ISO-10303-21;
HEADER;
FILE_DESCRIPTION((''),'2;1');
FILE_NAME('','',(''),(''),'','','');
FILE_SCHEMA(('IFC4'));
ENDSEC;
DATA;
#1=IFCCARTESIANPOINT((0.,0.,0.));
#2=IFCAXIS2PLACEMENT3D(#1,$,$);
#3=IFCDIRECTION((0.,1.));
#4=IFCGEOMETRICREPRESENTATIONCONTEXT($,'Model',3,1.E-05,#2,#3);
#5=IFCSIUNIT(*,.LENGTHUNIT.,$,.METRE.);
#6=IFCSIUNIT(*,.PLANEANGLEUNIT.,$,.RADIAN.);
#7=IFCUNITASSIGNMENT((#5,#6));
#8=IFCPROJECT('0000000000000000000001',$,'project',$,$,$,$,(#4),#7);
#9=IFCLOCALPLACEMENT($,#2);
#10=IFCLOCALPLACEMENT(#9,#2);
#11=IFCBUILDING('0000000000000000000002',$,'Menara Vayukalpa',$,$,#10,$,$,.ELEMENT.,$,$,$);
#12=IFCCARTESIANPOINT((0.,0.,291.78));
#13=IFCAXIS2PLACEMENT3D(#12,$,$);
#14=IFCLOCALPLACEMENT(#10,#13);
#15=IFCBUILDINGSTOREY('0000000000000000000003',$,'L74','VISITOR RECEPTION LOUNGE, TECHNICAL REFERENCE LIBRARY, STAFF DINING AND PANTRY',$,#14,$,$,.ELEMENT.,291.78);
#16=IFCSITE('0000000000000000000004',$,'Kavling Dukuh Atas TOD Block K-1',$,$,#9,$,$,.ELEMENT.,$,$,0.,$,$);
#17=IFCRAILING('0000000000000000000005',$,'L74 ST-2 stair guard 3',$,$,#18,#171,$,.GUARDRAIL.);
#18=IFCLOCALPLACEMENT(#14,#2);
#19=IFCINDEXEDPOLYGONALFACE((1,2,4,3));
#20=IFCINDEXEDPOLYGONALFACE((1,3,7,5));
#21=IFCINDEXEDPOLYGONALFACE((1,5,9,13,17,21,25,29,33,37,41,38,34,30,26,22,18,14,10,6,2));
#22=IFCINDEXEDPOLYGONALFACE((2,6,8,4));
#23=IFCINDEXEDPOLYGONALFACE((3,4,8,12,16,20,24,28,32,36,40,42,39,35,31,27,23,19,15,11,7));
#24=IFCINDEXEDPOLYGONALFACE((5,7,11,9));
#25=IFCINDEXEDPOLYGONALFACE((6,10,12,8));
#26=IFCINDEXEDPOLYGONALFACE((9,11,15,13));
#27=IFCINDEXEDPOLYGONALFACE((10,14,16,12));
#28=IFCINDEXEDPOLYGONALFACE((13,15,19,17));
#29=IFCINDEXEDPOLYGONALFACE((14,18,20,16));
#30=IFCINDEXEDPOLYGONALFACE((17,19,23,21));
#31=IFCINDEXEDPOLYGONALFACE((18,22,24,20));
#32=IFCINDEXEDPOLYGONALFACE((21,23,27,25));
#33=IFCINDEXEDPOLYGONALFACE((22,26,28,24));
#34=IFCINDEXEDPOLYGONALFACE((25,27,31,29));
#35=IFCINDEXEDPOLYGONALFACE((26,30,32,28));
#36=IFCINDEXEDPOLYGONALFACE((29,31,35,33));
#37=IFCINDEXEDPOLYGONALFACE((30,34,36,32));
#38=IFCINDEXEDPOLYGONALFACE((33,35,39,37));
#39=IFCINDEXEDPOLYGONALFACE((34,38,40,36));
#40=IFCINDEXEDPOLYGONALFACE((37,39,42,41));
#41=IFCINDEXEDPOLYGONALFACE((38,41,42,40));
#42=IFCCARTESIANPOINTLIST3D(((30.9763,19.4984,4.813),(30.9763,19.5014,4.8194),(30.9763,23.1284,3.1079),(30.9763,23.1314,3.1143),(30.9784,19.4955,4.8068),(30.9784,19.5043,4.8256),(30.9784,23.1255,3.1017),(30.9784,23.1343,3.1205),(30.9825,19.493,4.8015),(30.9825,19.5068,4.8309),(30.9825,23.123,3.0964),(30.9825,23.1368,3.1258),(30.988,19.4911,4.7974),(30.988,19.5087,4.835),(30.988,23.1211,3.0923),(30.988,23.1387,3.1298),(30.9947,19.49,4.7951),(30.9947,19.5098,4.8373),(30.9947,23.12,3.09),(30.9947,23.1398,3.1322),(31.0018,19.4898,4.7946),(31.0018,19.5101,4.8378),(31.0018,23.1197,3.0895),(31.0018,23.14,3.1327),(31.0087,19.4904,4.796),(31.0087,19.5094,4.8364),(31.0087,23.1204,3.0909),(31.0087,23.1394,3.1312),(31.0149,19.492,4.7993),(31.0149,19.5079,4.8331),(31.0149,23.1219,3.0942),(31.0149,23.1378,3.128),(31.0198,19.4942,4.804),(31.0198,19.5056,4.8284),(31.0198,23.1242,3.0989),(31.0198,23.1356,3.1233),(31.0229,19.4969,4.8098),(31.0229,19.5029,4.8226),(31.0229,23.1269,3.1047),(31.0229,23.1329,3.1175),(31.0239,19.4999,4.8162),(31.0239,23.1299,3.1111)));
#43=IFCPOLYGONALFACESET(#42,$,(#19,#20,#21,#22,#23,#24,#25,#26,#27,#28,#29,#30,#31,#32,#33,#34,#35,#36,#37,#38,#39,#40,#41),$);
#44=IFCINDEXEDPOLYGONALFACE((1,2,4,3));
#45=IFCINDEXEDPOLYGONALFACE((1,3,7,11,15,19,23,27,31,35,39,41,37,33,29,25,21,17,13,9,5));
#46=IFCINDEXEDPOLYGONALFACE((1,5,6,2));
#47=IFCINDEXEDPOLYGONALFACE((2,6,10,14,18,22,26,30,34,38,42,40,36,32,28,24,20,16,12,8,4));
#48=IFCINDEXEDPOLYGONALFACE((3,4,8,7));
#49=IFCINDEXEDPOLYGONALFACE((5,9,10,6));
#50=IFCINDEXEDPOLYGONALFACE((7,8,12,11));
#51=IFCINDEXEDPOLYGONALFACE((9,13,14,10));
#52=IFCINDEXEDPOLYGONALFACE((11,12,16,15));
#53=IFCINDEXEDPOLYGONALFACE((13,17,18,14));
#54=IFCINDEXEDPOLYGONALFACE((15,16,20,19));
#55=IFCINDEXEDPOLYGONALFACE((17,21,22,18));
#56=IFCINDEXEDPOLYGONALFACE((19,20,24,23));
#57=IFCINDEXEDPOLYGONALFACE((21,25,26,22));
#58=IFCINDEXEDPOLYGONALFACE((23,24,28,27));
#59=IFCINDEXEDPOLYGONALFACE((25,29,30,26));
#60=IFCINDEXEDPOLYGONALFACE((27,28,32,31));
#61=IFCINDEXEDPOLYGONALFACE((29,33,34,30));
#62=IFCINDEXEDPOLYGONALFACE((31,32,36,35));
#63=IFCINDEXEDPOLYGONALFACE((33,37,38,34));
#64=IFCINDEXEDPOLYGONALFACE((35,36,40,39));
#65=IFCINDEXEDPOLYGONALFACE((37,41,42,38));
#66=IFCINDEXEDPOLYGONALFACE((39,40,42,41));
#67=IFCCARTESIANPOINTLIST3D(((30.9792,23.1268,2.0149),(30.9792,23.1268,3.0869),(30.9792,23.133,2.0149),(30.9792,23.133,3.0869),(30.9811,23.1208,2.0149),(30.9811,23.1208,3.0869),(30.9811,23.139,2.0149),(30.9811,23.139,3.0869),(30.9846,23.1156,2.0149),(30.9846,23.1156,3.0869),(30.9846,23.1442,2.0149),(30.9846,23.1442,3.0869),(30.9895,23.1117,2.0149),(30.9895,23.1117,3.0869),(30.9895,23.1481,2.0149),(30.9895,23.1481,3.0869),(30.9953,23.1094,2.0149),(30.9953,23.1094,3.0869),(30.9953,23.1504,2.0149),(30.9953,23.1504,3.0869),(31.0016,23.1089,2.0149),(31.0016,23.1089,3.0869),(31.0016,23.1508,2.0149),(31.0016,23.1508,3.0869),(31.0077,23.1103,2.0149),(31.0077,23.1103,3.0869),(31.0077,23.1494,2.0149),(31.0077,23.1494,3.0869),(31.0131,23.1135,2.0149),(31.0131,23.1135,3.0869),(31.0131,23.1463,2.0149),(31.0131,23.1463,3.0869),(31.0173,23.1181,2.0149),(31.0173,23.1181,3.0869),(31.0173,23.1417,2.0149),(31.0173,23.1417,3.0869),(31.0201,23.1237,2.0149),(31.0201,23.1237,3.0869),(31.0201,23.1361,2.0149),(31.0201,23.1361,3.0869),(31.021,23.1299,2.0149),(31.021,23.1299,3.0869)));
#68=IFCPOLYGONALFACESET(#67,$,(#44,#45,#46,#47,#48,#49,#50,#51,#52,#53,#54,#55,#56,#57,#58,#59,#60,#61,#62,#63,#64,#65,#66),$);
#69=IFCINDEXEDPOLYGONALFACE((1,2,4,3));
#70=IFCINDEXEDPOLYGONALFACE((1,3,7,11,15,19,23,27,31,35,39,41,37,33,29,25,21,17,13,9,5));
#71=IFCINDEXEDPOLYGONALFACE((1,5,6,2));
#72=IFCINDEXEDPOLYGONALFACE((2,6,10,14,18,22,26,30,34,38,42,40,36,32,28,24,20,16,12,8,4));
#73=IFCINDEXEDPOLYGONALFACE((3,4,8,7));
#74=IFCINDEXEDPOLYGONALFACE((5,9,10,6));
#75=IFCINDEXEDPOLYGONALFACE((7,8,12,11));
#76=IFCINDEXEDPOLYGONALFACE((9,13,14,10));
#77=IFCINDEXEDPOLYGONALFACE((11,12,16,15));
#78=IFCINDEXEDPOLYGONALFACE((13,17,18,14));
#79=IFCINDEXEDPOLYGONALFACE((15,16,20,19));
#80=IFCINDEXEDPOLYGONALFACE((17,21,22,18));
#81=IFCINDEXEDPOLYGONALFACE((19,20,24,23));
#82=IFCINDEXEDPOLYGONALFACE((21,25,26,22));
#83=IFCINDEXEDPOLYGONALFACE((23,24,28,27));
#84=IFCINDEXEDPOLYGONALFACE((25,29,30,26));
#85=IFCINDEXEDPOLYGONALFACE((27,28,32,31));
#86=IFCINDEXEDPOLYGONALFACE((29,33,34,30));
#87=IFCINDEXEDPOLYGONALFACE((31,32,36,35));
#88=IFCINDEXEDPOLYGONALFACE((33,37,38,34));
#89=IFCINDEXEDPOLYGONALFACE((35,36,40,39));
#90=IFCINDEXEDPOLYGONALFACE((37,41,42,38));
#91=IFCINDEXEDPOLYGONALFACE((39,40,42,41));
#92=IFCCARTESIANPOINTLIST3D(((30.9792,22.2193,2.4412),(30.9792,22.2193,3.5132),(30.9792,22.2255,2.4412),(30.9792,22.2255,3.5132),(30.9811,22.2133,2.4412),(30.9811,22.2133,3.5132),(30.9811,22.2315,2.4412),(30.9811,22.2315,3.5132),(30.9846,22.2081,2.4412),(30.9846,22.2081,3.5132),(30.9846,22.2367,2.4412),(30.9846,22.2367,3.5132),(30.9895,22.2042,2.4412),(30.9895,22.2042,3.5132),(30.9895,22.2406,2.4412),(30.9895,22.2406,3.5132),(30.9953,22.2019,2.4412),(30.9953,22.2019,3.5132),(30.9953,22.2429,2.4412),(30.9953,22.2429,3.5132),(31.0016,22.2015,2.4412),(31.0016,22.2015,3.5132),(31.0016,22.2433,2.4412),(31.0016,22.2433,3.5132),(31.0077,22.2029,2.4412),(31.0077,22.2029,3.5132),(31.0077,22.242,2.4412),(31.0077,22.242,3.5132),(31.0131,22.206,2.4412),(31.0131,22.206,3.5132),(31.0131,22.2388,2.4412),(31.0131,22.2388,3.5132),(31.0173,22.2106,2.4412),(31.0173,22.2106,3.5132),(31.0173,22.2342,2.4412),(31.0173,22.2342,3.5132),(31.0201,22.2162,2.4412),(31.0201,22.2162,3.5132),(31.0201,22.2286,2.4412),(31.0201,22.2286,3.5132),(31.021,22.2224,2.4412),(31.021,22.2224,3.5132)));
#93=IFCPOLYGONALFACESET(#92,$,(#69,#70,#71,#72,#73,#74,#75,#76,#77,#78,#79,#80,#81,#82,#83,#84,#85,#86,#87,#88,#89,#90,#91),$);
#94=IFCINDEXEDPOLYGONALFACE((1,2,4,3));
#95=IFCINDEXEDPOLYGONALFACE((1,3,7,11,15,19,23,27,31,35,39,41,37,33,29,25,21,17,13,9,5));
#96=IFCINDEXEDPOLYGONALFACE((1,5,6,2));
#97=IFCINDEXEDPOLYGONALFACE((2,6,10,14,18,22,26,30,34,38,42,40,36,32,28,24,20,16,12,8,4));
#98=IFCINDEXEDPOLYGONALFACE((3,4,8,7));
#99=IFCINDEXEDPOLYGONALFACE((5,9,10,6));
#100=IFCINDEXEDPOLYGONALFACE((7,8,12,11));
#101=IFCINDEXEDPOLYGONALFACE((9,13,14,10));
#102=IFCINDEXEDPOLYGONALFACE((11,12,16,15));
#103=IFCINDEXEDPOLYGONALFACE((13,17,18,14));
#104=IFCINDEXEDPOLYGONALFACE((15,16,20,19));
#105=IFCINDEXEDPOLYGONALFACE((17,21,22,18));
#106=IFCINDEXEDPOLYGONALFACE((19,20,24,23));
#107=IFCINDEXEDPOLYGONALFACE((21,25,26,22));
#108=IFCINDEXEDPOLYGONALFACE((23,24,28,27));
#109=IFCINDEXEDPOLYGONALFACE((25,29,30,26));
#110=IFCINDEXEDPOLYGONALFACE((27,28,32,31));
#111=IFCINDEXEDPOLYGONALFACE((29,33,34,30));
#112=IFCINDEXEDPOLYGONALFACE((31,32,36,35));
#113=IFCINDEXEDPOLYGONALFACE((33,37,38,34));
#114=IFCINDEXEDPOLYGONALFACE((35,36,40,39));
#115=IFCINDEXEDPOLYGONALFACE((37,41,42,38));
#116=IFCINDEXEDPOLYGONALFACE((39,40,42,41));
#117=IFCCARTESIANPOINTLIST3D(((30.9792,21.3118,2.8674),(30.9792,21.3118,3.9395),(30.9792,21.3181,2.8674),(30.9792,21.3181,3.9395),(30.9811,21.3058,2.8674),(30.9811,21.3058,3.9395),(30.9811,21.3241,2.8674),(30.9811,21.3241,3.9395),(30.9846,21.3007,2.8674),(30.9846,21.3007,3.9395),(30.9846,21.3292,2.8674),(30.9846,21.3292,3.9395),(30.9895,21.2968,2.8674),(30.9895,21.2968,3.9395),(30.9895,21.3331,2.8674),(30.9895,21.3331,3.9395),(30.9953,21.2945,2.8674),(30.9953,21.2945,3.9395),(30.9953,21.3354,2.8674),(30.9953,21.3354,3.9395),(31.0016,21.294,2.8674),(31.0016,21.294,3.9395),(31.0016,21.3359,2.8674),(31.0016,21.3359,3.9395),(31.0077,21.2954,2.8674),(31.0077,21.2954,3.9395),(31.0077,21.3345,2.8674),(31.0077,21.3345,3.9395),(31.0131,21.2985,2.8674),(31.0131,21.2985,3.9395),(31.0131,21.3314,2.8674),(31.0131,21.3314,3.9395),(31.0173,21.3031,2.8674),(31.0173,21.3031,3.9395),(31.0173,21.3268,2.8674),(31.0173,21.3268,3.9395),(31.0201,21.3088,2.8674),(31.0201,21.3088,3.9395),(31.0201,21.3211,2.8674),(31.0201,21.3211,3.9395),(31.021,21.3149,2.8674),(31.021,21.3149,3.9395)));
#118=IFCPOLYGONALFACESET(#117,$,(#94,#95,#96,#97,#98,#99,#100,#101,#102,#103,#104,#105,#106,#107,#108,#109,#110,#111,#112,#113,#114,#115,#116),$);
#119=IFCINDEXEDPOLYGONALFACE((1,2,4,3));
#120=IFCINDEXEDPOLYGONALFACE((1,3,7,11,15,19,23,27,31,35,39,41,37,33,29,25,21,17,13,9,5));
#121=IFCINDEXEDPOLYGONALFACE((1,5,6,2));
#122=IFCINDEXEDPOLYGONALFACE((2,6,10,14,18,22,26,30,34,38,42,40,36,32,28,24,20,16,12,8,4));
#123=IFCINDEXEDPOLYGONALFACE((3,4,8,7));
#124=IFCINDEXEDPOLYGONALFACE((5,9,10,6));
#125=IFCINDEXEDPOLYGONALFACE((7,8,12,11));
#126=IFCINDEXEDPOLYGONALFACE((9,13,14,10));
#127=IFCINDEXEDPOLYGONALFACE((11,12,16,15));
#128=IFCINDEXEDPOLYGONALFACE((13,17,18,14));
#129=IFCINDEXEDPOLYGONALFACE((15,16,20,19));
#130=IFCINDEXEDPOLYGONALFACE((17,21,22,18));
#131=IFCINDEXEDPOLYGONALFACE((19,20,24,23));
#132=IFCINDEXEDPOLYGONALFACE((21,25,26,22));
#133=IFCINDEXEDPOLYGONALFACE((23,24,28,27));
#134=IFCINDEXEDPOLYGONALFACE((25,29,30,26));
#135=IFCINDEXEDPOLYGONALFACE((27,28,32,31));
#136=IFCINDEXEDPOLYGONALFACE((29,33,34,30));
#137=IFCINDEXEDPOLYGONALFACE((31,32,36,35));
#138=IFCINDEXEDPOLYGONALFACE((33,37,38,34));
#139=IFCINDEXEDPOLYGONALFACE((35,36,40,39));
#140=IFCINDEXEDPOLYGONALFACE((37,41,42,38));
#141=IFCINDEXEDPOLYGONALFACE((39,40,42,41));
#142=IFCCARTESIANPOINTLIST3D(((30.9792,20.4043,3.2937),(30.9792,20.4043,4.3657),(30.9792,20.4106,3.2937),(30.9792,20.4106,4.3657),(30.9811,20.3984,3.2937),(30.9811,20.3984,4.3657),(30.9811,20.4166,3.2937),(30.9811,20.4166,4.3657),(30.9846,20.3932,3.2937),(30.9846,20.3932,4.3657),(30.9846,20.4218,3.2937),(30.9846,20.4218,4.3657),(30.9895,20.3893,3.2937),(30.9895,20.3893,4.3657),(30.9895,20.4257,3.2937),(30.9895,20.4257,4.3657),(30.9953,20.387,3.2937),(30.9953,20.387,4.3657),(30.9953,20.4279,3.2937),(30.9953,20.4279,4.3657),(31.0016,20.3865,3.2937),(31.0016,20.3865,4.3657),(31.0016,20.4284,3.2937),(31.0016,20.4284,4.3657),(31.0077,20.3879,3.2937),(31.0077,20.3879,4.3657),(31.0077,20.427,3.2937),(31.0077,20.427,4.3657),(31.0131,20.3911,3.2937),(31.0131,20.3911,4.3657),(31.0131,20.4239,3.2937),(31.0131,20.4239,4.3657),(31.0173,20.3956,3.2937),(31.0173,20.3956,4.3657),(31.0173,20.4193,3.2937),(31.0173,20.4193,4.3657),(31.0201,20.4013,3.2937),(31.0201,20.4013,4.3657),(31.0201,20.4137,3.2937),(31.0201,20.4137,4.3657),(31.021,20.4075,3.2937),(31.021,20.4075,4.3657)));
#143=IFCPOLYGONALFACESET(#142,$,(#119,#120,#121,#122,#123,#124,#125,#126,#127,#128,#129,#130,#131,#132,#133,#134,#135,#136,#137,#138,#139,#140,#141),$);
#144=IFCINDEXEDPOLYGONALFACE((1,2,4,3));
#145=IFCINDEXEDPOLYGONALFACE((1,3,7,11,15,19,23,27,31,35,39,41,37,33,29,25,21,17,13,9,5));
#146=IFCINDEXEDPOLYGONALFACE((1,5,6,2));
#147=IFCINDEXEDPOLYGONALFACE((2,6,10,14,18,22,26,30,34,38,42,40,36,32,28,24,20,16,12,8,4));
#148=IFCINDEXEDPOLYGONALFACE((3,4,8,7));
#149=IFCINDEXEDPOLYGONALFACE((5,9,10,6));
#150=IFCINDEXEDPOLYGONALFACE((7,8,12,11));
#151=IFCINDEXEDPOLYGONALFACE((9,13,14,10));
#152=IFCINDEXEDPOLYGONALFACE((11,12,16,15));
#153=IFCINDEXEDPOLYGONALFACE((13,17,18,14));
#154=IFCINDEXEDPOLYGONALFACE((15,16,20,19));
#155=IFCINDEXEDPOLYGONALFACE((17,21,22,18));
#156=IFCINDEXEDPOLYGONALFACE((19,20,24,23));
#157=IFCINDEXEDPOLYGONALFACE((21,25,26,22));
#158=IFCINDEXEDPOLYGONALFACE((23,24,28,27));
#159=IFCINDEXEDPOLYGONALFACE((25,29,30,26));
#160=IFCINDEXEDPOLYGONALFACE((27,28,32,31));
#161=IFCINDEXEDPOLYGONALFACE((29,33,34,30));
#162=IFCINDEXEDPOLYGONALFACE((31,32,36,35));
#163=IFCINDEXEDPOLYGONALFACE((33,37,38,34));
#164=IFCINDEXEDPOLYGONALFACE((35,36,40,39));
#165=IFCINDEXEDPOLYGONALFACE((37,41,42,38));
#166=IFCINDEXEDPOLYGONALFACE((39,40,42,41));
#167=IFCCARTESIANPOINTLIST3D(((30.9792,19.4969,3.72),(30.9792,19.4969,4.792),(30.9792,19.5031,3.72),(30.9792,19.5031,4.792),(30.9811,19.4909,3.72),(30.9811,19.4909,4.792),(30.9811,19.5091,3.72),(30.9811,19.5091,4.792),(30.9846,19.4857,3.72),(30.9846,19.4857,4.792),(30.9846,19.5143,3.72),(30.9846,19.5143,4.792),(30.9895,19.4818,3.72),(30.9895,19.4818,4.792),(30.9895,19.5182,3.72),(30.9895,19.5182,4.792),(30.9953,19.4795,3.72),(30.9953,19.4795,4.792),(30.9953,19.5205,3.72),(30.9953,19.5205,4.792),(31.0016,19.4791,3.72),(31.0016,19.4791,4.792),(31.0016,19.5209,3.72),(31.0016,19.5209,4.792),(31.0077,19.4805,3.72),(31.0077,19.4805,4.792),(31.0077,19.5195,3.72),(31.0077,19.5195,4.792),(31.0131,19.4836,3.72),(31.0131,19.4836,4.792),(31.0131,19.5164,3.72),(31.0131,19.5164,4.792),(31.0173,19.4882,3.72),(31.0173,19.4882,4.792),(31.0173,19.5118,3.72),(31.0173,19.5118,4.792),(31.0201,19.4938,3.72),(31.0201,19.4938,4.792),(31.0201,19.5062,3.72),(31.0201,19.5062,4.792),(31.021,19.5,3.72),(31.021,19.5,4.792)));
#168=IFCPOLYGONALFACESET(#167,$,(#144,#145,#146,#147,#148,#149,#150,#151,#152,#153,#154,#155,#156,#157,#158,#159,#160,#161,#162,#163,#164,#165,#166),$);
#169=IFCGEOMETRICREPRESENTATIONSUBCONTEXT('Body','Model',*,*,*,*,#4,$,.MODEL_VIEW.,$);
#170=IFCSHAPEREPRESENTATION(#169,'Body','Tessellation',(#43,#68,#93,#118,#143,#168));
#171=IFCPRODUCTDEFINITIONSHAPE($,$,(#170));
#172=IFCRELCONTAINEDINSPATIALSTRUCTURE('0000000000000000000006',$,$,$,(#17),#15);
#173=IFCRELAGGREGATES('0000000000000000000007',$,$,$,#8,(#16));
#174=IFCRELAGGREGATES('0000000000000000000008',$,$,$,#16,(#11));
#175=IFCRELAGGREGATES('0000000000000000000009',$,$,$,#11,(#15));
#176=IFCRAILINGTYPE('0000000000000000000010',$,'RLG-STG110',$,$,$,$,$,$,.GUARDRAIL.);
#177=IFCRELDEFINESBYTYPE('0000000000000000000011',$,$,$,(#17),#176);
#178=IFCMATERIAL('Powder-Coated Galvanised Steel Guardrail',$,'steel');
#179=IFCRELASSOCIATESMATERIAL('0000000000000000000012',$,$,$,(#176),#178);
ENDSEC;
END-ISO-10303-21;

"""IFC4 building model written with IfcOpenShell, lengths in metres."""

from ifc_helpers import new_model, si_unit, direction, frame, origin, origin_2d, place, context, subcontext, project, spatial, circle, extrude, material, type_object, element, save


model = new_model("IFC4")

# Units and contexts
model_context = context("Model", 3, precision=1e-05, world=origin(), true_north=direction((0.0, 1.0)))
body_context = subcontext(model_context, "Body", "Model", "MODEL_VIEW")
ifc_project = project(units=[si_unit("LENGTHUNIT", "METRE"), si_unit("PLANEANGLEUNIT", "RADIAN")], contexts=[model_context])

# Site, building, storey
site_placement = place(None, origin())
site = spatial("IfcSite", under=ifc_project, at=site_placement, Name="Kavling Dukuh Atas TOD Block K-1", CompositionType="ELEMENT", RefElevation=0.0)
building_placement = place(site_placement, origin())
building = spatial("IfcBuilding", under=site, at=building_placement, Name="Menara Vayukalpa", CompositionType="ELEMENT")
storey_placement = place(building_placement, frame((0.0, 0.0, 291.78)))
storey = spatial("IfcBuildingStorey", under=building, at=storey_placement, Name="L74", Description="VISITOR RECEPTION LOUNGE, TECHNICAL REFERENCE LIBRARY, STAFF DINING AND PANTRY", CompositionType="ELEMENT", Elevation=291.78)

# Railing
ifc_material_1 = material(Name="Powder-Coated Galvanised Steel Guardrail", Category="steel")
railing_type_1 = type_object("IfcRailingType", Name="RLG-STG110", PredefinedType="GUARDRAIL", material=ifc_material_1)
railing_1_placement = place(storey_placement, frame((31.0, 23.1299, 2.0149)))
element("IfcRailing", 1, at=railing_1_placement, inside=storey, type_object=railing_type_1, Name="L74 ST-2 stair guard 3", PredefinedType="GUARDRAIL", context=body_context, shape_type="SweptSolid", body=[
    extrude(circle(Radius=0.0239, at=origin_2d()), frame((0.0, 0.0, 1.0962), z_axis=(0.0, -0.905116, 0.425164), x_axis=(1.0, 0.0, 0.0)), (0.0, 0.0, 1.0), 4.0105),
    extrude(circle(Radius=0.021, at=origin_2d()), origin(), (0.0, 0.0, 1.0), 1.072),
    extrude(circle(Radius=0.021, at=origin_2d()), frame((0.0, -0.9075, 0.4263)), (0.0, 0.0, 1.0), 1.072),
    extrude(circle(Radius=0.021, at=origin_2d()), frame((0.0, -1.8149, 0.8525)), (0.0, 0.0, 1.0), 1.072),
    extrude(circle(Radius=0.021, at=origin_2d()), frame((0.0, -2.7224, 1.2788)), (0.0, 0.0, 1.0), 1.072),
    extrude(circle(Radius=0.021, at=origin_2d()), frame((0.0, -3.6299, 1.7051)), (0.0, 0.0, 1.0), 1.072),
])

save(model, "model.ifc")
